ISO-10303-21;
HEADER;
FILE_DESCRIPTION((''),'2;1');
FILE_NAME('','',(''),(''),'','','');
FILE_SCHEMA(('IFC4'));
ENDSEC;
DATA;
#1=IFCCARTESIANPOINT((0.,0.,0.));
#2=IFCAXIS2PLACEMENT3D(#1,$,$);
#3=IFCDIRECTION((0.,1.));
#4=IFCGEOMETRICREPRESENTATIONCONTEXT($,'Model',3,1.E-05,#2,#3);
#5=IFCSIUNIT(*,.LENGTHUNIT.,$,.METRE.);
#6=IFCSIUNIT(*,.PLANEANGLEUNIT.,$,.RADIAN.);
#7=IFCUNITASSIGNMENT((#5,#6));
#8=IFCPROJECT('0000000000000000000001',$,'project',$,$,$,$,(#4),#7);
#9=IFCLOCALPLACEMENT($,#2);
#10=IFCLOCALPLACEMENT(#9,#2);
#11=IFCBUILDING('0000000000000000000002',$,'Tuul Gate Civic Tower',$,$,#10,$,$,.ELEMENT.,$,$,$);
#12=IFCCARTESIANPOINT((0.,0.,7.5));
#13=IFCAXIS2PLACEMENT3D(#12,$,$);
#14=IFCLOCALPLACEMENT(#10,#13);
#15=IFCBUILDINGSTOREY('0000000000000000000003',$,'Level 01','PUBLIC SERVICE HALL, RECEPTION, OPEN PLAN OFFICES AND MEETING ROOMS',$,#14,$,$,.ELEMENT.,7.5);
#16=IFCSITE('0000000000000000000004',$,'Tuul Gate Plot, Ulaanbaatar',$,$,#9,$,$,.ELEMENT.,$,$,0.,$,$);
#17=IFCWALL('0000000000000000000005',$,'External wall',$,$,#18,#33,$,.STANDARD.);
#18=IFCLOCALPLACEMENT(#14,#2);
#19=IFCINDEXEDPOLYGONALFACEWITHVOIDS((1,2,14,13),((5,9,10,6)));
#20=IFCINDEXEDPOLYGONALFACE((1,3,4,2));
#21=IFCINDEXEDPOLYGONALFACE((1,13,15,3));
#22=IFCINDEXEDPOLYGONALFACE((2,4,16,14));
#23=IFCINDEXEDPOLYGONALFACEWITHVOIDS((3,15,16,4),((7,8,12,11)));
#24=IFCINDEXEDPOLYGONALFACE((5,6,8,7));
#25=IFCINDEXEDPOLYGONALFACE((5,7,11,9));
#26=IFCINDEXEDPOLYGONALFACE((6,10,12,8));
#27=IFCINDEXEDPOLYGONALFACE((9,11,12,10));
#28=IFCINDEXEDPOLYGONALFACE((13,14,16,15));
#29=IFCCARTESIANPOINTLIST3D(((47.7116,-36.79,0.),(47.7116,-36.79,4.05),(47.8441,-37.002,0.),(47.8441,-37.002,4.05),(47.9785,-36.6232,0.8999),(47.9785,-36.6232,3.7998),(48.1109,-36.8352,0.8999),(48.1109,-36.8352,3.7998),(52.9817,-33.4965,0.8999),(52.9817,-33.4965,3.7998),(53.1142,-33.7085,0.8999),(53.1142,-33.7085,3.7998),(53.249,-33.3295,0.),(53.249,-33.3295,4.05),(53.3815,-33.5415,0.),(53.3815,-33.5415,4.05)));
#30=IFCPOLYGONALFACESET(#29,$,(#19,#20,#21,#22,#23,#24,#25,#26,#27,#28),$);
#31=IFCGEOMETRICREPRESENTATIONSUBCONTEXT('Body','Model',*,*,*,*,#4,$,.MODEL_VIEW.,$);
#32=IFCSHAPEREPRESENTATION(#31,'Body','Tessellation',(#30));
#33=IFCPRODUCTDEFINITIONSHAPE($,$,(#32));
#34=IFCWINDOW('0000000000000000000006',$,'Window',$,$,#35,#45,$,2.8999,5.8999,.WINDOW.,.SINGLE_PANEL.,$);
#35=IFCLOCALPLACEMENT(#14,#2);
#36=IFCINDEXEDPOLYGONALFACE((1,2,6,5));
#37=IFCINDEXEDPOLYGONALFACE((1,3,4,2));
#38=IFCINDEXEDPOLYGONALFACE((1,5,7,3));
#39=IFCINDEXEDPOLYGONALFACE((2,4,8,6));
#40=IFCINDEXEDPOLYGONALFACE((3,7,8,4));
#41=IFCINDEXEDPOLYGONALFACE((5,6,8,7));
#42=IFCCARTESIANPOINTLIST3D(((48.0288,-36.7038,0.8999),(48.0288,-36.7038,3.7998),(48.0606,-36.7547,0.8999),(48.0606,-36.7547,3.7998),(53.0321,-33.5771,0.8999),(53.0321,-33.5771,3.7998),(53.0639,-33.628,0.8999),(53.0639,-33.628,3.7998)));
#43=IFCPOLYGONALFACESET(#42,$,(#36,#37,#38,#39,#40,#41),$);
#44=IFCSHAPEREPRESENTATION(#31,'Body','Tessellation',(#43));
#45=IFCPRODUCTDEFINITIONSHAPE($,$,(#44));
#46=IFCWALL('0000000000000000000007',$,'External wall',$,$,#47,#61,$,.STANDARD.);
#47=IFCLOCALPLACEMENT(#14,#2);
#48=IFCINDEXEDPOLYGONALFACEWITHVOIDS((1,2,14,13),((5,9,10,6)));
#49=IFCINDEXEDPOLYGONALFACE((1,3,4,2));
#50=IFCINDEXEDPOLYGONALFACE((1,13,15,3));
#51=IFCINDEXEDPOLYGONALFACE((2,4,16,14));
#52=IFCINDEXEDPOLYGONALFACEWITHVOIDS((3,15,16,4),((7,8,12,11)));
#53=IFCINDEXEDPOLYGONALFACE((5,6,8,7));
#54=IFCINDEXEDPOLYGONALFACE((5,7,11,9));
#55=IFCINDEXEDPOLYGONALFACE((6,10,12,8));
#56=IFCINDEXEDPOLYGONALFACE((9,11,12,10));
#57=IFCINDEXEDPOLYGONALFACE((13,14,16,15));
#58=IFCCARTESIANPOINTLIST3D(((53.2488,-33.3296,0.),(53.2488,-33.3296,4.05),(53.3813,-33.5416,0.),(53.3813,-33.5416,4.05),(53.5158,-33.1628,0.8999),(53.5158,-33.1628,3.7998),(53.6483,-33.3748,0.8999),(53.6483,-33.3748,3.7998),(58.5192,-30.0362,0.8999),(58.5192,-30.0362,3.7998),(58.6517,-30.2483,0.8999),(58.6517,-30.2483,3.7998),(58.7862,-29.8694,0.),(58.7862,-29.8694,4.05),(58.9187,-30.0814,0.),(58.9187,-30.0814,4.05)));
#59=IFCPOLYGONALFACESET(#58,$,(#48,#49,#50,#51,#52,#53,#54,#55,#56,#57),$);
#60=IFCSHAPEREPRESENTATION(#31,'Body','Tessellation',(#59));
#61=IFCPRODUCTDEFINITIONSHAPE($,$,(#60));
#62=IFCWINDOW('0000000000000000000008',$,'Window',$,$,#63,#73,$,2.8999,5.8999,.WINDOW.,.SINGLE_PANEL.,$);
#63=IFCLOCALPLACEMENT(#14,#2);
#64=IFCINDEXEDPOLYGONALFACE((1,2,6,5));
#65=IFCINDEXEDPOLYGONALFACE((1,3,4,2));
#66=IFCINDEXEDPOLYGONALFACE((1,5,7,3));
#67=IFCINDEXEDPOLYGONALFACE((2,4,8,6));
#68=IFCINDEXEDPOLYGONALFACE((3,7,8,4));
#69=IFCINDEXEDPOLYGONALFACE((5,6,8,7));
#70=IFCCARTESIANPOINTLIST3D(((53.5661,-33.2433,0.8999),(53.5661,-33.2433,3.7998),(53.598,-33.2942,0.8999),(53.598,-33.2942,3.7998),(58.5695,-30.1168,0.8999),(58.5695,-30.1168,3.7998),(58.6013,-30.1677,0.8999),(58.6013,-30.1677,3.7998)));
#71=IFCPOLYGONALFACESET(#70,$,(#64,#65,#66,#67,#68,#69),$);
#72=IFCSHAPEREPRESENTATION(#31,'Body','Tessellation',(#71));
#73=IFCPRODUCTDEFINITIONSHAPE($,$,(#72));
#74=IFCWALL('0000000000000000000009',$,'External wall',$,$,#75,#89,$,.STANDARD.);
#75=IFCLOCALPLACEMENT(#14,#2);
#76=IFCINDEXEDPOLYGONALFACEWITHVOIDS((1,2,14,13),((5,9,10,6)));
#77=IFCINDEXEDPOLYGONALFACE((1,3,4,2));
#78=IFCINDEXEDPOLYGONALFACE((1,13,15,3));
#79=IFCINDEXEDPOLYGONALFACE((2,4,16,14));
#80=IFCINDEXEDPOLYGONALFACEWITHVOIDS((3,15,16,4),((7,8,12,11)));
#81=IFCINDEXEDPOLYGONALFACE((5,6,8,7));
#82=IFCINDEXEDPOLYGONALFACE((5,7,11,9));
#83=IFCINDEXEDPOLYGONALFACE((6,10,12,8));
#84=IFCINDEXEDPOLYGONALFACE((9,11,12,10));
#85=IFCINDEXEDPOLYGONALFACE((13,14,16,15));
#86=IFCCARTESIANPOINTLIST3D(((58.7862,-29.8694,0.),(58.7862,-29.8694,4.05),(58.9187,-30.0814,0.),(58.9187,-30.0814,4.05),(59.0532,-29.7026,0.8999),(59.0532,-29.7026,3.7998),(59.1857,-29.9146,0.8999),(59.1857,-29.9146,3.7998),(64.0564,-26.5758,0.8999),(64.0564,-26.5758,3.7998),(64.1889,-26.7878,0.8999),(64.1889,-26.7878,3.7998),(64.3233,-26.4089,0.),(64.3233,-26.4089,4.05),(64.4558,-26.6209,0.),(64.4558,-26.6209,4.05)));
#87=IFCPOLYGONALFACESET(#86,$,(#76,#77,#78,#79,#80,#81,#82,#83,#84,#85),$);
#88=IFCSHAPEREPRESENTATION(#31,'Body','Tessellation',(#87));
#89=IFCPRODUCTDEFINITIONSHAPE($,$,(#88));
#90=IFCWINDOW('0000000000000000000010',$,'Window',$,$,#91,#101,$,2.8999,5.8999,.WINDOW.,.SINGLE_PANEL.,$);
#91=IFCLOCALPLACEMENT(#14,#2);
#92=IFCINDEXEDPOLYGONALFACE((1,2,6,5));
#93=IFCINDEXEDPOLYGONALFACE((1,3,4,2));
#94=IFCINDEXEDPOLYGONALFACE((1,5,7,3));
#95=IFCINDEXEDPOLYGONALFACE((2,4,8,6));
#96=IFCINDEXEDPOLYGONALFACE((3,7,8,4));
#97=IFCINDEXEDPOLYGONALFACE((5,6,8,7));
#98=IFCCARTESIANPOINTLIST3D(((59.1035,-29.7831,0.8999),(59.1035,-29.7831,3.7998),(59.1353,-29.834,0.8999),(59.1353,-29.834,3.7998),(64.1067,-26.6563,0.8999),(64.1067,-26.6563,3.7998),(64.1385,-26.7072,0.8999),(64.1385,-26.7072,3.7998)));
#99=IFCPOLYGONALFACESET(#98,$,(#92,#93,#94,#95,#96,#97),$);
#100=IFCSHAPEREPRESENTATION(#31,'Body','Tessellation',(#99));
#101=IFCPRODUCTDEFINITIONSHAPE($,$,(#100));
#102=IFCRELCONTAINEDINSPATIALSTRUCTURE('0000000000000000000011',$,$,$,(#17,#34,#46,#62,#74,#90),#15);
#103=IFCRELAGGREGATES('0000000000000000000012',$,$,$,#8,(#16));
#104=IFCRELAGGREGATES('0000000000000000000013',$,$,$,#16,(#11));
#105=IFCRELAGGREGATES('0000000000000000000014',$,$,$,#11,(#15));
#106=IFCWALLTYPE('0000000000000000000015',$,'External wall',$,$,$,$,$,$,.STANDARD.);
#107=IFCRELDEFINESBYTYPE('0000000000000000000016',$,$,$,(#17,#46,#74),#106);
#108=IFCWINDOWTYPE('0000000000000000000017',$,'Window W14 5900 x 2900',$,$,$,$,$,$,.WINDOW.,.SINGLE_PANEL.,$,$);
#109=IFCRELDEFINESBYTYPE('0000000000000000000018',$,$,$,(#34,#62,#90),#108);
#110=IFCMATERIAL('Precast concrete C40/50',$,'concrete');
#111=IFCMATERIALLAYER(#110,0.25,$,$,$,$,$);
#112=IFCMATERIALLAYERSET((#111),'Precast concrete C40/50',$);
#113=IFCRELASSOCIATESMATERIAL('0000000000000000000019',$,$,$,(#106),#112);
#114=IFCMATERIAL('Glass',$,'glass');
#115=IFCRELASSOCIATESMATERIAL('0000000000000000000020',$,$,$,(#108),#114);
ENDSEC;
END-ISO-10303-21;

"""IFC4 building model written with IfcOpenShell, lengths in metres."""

from ifc_helpers import new_model, si_unit, direction, frame, frame_2d, origin, place, context, subcontext, project, spatial, rectangle, extrude, material, layer, layer_set, type_object, element, fill, save


model = new_model("IFC4")

# Units and contexts
model_context = context("Model", 3, precision=1e-05, world=origin(), true_north=direction((0.0, 1.0)))
body_context = subcontext(model_context, "Body", "Model", "MODEL_VIEW")
ifc_project = project(units=[si_unit("LENGTHUNIT", "METRE"), si_unit("PLANEANGLEUNIT", "RADIAN")], contexts=[model_context])

# Site, building, storey
site_placement = place(None, origin())
site = spatial("IfcSite", under=ifc_project, at=site_placement, Name="Tuul Gate Plot, Ulaanbaatar", CompositionType="ELEMENT", RefElevation=0.0)
building_placement = place(site_placement, origin())
building = spatial("IfcBuilding", under=site, at=building_placement, Name="Tuul Gate Civic Tower", CompositionType="ELEMENT")
storey_placement = place(building_placement, frame((0.0, 0.0, 7.5)))
storey = spatial("IfcBuildingStorey", under=building, at=storey_placement, Name="Level 01", Description="PUBLIC SERVICE HALL, RECEPTION, OPEN PLAN OFFICES AND MEETING ROOMS", CompositionType="ELEMENT", Elevation=7.5)

# Shared definitions
ifc_material_1 = material(Name="Precast concrete C40/50", Category="concrete")
ifc_layer_1 = layer(ifc_material_1, 0.25)
ifc_layer_set_1 = layer_set([ifc_layer_1], Name="Precast concrete C40/50")
wall_type_1 = type_object("IfcWallType", Name="External wall", PredefinedType="STANDARD", material=ifc_layer_set_1)

# Walls, openings, windows
wall_1_placement = place(storey_placement, frame((47.7778, -36.896, 0.0), z_axis=(0.0, 0.0, 1.0), x_axis=(0.848026, 0.529955, 0.0)))
wall_1 = element("IfcWall", 1, at=wall_1_placement, inside=storey, type_object=wall_type_1, Name="External wall", PredefinedType="STANDARD", context=body_context, shape_type="SweptSolid", body=[
    extrude(rectangle(XDim=6.5298, YDim=0.25, at=frame_2d((3.2649, 0.0))), origin(), (0.0, 0.0, 1.0), 4.05),
])
opening_1_placement = place(wall_1_placement, frame((0.3147, 0.0, 0.8999)))
opening_1 = element("IfcOpeningElement", 2, at=opening_1_placement, cuts=wall_1, PredefinedType="OPENING", context=body_context, shape_type="SweptSolid", body=[
    extrude(rectangle(XDim=5.8999, YDim=2.8999, at=frame_2d((2.95, 1.45))), frame((0.0, 0.135, 0.0), z_axis=(0.0, -1.0, 0.0), x_axis=(1.0, 0.0, 0.0)), (0.0, 0.0, 1.0), 0.27),
])
ifc_material_2 = material(Name="Glass", Category="glass")
window_type_1 = type_object("IfcWindowType", Name="Window W14 5900 x 2900", PartitioningType="SINGLE_PANEL", PredefinedType="WINDOW", material=ifc_material_2)
window_1_placement = place(opening_1_placement, origin())
window_1 = element("IfcWindow", 3, at=window_1_placement, inside=storey, type_object=window_type_1, Name="Window", OverallHeight=2.8999, OverallWidth=5.8999, PartitioningType="SINGLE_PANEL", PredefinedType="WINDOW", context=body_context, shape_type="SweptSolid", body=[
    extrude(rectangle(XDim=5.8999, YDim=2.8999, at=frame_2d((2.95, 1.45))), frame((0.0, 0.03, 0.0), z_axis=(0.0, -1.0, 0.0), x_axis=(1.0, 0.0, 0.0)), (0.0, 0.0, 1.0), 0.0601),
])
fill(opening_1, window_1)
wall_2_placement = place(storey_placement, frame((53.3152, -33.4355, 0.0), z_axis=(0.0, 0.0, 1.0), x_axis=(0.848042, 0.529928, 0.0)))
wall_2 = element("IfcWall", 4, at=wall_2_placement, inside=storey, type_object=wall_type_1, Name="External wall", PredefinedType="STANDARD", context=body_context, shape_type="SweptSolid", body=[
    extrude(rectangle(XDim=6.5295, YDim=0.25, at=frame_2d((3.2646, 0.0))), origin(), (0.0, 0.0, 1.0), 4.05),
])
opening_2_placement = place(wall_2_placement, frame((0.3147, 0.0, 0.8999)))
opening_2 = element("IfcOpeningElement", 5, at=opening_2_placement, cuts=wall_2, PredefinedType="OPENING", context=body_context, shape_type="SweptSolid", body=[
    extrude(rectangle(XDim=5.8999, YDim=2.8999, at=frame_2d((2.95, 1.45))), frame((0.0, 0.135, 0.0), z_axis=(0.0, -1.0, 0.0), x_axis=(1.0, 0.0, 0.0)), (0.0, 0.0, 1.0), 0.27),
])
window_2_placement = place(opening_2_placement, origin())
window_2 = element("IfcWindow", 6, at=window_2_placement, inside=storey, type_object=window_type_1, Name="Window", OverallHeight=2.8999, OverallWidth=5.8999, PartitioningType="SINGLE_PANEL", PredefinedType="WINDOW", context=body_context, shape_type="SweptSolid", body=[
    extrude(rectangle(XDim=5.8999, YDim=2.8999, at=frame_2d((2.95, 1.45))), frame((0.0, 0.03, 0.0), z_axis=(0.0, -1.0, 0.0), x_axis=(1.0, 0.0, 0.0)), (0.0, 0.0, 1.0), 0.0601),
])
fill(opening_2, window_2)
wall_3_placement = place(storey_placement, frame((58.8525, -29.9753, 0.0), z_axis=(0.0, 0.0, 1.0), x_axis=(0.848015, 0.529972, 0.0)))
wall_3 = element("IfcWall", 7, at=wall_3_placement, inside=storey, type_object=wall_type_1, Name="External wall", PredefinedType="STANDARD", context=body_context, shape_type="SweptSolid", body=[
    extrude(rectangle(XDim=6.5295, YDim=0.25, at=frame_2d((3.2646, 0.0))), origin(), (0.0, 0.0, 1.0), 4.05),
])
opening_3_placement = place(wall_3_placement, frame((0.3147, 0.0, 0.8999)))
opening_3 = element("IfcOpeningElement", 8, at=opening_3_placement, cuts=wall_3, PredefinedType="OPENING", context=body_context, shape_type="SweptSolid", body=[
    extrude(rectangle(XDim=5.8999, YDim=2.8999, at=frame_2d((2.95, 1.45))), frame((0.0, 0.135, 0.0), z_axis=(0.0, -1.0, 0.0), x_axis=(1.0, 0.0, 0.0)), (0.0, 0.0, 1.0), 0.27),
])
window_3_placement = place(opening_3_placement, origin())
window_3 = element("IfcWindow", 9, at=window_3_placement, inside=storey, type_object=window_type_1, Name="Window", OverallHeight=2.8999, OverallWidth=5.8999, PartitioningType="SINGLE_PANEL", PredefinedType="WINDOW", context=body_context, shape_type="SweptSolid", body=[
    extrude(rectangle(XDim=5.8999, YDim=2.8999, at=frame_2d((2.95, 1.45))), frame((0.0, 0.03, 0.0), z_axis=(0.0, -1.0, 0.0), x_axis=(1.0, 0.0, 0.0)), (0.0, 0.0, 1.0), 0.0601),
])
fill(opening_3, window_3)

save(model, "model.ifc")
